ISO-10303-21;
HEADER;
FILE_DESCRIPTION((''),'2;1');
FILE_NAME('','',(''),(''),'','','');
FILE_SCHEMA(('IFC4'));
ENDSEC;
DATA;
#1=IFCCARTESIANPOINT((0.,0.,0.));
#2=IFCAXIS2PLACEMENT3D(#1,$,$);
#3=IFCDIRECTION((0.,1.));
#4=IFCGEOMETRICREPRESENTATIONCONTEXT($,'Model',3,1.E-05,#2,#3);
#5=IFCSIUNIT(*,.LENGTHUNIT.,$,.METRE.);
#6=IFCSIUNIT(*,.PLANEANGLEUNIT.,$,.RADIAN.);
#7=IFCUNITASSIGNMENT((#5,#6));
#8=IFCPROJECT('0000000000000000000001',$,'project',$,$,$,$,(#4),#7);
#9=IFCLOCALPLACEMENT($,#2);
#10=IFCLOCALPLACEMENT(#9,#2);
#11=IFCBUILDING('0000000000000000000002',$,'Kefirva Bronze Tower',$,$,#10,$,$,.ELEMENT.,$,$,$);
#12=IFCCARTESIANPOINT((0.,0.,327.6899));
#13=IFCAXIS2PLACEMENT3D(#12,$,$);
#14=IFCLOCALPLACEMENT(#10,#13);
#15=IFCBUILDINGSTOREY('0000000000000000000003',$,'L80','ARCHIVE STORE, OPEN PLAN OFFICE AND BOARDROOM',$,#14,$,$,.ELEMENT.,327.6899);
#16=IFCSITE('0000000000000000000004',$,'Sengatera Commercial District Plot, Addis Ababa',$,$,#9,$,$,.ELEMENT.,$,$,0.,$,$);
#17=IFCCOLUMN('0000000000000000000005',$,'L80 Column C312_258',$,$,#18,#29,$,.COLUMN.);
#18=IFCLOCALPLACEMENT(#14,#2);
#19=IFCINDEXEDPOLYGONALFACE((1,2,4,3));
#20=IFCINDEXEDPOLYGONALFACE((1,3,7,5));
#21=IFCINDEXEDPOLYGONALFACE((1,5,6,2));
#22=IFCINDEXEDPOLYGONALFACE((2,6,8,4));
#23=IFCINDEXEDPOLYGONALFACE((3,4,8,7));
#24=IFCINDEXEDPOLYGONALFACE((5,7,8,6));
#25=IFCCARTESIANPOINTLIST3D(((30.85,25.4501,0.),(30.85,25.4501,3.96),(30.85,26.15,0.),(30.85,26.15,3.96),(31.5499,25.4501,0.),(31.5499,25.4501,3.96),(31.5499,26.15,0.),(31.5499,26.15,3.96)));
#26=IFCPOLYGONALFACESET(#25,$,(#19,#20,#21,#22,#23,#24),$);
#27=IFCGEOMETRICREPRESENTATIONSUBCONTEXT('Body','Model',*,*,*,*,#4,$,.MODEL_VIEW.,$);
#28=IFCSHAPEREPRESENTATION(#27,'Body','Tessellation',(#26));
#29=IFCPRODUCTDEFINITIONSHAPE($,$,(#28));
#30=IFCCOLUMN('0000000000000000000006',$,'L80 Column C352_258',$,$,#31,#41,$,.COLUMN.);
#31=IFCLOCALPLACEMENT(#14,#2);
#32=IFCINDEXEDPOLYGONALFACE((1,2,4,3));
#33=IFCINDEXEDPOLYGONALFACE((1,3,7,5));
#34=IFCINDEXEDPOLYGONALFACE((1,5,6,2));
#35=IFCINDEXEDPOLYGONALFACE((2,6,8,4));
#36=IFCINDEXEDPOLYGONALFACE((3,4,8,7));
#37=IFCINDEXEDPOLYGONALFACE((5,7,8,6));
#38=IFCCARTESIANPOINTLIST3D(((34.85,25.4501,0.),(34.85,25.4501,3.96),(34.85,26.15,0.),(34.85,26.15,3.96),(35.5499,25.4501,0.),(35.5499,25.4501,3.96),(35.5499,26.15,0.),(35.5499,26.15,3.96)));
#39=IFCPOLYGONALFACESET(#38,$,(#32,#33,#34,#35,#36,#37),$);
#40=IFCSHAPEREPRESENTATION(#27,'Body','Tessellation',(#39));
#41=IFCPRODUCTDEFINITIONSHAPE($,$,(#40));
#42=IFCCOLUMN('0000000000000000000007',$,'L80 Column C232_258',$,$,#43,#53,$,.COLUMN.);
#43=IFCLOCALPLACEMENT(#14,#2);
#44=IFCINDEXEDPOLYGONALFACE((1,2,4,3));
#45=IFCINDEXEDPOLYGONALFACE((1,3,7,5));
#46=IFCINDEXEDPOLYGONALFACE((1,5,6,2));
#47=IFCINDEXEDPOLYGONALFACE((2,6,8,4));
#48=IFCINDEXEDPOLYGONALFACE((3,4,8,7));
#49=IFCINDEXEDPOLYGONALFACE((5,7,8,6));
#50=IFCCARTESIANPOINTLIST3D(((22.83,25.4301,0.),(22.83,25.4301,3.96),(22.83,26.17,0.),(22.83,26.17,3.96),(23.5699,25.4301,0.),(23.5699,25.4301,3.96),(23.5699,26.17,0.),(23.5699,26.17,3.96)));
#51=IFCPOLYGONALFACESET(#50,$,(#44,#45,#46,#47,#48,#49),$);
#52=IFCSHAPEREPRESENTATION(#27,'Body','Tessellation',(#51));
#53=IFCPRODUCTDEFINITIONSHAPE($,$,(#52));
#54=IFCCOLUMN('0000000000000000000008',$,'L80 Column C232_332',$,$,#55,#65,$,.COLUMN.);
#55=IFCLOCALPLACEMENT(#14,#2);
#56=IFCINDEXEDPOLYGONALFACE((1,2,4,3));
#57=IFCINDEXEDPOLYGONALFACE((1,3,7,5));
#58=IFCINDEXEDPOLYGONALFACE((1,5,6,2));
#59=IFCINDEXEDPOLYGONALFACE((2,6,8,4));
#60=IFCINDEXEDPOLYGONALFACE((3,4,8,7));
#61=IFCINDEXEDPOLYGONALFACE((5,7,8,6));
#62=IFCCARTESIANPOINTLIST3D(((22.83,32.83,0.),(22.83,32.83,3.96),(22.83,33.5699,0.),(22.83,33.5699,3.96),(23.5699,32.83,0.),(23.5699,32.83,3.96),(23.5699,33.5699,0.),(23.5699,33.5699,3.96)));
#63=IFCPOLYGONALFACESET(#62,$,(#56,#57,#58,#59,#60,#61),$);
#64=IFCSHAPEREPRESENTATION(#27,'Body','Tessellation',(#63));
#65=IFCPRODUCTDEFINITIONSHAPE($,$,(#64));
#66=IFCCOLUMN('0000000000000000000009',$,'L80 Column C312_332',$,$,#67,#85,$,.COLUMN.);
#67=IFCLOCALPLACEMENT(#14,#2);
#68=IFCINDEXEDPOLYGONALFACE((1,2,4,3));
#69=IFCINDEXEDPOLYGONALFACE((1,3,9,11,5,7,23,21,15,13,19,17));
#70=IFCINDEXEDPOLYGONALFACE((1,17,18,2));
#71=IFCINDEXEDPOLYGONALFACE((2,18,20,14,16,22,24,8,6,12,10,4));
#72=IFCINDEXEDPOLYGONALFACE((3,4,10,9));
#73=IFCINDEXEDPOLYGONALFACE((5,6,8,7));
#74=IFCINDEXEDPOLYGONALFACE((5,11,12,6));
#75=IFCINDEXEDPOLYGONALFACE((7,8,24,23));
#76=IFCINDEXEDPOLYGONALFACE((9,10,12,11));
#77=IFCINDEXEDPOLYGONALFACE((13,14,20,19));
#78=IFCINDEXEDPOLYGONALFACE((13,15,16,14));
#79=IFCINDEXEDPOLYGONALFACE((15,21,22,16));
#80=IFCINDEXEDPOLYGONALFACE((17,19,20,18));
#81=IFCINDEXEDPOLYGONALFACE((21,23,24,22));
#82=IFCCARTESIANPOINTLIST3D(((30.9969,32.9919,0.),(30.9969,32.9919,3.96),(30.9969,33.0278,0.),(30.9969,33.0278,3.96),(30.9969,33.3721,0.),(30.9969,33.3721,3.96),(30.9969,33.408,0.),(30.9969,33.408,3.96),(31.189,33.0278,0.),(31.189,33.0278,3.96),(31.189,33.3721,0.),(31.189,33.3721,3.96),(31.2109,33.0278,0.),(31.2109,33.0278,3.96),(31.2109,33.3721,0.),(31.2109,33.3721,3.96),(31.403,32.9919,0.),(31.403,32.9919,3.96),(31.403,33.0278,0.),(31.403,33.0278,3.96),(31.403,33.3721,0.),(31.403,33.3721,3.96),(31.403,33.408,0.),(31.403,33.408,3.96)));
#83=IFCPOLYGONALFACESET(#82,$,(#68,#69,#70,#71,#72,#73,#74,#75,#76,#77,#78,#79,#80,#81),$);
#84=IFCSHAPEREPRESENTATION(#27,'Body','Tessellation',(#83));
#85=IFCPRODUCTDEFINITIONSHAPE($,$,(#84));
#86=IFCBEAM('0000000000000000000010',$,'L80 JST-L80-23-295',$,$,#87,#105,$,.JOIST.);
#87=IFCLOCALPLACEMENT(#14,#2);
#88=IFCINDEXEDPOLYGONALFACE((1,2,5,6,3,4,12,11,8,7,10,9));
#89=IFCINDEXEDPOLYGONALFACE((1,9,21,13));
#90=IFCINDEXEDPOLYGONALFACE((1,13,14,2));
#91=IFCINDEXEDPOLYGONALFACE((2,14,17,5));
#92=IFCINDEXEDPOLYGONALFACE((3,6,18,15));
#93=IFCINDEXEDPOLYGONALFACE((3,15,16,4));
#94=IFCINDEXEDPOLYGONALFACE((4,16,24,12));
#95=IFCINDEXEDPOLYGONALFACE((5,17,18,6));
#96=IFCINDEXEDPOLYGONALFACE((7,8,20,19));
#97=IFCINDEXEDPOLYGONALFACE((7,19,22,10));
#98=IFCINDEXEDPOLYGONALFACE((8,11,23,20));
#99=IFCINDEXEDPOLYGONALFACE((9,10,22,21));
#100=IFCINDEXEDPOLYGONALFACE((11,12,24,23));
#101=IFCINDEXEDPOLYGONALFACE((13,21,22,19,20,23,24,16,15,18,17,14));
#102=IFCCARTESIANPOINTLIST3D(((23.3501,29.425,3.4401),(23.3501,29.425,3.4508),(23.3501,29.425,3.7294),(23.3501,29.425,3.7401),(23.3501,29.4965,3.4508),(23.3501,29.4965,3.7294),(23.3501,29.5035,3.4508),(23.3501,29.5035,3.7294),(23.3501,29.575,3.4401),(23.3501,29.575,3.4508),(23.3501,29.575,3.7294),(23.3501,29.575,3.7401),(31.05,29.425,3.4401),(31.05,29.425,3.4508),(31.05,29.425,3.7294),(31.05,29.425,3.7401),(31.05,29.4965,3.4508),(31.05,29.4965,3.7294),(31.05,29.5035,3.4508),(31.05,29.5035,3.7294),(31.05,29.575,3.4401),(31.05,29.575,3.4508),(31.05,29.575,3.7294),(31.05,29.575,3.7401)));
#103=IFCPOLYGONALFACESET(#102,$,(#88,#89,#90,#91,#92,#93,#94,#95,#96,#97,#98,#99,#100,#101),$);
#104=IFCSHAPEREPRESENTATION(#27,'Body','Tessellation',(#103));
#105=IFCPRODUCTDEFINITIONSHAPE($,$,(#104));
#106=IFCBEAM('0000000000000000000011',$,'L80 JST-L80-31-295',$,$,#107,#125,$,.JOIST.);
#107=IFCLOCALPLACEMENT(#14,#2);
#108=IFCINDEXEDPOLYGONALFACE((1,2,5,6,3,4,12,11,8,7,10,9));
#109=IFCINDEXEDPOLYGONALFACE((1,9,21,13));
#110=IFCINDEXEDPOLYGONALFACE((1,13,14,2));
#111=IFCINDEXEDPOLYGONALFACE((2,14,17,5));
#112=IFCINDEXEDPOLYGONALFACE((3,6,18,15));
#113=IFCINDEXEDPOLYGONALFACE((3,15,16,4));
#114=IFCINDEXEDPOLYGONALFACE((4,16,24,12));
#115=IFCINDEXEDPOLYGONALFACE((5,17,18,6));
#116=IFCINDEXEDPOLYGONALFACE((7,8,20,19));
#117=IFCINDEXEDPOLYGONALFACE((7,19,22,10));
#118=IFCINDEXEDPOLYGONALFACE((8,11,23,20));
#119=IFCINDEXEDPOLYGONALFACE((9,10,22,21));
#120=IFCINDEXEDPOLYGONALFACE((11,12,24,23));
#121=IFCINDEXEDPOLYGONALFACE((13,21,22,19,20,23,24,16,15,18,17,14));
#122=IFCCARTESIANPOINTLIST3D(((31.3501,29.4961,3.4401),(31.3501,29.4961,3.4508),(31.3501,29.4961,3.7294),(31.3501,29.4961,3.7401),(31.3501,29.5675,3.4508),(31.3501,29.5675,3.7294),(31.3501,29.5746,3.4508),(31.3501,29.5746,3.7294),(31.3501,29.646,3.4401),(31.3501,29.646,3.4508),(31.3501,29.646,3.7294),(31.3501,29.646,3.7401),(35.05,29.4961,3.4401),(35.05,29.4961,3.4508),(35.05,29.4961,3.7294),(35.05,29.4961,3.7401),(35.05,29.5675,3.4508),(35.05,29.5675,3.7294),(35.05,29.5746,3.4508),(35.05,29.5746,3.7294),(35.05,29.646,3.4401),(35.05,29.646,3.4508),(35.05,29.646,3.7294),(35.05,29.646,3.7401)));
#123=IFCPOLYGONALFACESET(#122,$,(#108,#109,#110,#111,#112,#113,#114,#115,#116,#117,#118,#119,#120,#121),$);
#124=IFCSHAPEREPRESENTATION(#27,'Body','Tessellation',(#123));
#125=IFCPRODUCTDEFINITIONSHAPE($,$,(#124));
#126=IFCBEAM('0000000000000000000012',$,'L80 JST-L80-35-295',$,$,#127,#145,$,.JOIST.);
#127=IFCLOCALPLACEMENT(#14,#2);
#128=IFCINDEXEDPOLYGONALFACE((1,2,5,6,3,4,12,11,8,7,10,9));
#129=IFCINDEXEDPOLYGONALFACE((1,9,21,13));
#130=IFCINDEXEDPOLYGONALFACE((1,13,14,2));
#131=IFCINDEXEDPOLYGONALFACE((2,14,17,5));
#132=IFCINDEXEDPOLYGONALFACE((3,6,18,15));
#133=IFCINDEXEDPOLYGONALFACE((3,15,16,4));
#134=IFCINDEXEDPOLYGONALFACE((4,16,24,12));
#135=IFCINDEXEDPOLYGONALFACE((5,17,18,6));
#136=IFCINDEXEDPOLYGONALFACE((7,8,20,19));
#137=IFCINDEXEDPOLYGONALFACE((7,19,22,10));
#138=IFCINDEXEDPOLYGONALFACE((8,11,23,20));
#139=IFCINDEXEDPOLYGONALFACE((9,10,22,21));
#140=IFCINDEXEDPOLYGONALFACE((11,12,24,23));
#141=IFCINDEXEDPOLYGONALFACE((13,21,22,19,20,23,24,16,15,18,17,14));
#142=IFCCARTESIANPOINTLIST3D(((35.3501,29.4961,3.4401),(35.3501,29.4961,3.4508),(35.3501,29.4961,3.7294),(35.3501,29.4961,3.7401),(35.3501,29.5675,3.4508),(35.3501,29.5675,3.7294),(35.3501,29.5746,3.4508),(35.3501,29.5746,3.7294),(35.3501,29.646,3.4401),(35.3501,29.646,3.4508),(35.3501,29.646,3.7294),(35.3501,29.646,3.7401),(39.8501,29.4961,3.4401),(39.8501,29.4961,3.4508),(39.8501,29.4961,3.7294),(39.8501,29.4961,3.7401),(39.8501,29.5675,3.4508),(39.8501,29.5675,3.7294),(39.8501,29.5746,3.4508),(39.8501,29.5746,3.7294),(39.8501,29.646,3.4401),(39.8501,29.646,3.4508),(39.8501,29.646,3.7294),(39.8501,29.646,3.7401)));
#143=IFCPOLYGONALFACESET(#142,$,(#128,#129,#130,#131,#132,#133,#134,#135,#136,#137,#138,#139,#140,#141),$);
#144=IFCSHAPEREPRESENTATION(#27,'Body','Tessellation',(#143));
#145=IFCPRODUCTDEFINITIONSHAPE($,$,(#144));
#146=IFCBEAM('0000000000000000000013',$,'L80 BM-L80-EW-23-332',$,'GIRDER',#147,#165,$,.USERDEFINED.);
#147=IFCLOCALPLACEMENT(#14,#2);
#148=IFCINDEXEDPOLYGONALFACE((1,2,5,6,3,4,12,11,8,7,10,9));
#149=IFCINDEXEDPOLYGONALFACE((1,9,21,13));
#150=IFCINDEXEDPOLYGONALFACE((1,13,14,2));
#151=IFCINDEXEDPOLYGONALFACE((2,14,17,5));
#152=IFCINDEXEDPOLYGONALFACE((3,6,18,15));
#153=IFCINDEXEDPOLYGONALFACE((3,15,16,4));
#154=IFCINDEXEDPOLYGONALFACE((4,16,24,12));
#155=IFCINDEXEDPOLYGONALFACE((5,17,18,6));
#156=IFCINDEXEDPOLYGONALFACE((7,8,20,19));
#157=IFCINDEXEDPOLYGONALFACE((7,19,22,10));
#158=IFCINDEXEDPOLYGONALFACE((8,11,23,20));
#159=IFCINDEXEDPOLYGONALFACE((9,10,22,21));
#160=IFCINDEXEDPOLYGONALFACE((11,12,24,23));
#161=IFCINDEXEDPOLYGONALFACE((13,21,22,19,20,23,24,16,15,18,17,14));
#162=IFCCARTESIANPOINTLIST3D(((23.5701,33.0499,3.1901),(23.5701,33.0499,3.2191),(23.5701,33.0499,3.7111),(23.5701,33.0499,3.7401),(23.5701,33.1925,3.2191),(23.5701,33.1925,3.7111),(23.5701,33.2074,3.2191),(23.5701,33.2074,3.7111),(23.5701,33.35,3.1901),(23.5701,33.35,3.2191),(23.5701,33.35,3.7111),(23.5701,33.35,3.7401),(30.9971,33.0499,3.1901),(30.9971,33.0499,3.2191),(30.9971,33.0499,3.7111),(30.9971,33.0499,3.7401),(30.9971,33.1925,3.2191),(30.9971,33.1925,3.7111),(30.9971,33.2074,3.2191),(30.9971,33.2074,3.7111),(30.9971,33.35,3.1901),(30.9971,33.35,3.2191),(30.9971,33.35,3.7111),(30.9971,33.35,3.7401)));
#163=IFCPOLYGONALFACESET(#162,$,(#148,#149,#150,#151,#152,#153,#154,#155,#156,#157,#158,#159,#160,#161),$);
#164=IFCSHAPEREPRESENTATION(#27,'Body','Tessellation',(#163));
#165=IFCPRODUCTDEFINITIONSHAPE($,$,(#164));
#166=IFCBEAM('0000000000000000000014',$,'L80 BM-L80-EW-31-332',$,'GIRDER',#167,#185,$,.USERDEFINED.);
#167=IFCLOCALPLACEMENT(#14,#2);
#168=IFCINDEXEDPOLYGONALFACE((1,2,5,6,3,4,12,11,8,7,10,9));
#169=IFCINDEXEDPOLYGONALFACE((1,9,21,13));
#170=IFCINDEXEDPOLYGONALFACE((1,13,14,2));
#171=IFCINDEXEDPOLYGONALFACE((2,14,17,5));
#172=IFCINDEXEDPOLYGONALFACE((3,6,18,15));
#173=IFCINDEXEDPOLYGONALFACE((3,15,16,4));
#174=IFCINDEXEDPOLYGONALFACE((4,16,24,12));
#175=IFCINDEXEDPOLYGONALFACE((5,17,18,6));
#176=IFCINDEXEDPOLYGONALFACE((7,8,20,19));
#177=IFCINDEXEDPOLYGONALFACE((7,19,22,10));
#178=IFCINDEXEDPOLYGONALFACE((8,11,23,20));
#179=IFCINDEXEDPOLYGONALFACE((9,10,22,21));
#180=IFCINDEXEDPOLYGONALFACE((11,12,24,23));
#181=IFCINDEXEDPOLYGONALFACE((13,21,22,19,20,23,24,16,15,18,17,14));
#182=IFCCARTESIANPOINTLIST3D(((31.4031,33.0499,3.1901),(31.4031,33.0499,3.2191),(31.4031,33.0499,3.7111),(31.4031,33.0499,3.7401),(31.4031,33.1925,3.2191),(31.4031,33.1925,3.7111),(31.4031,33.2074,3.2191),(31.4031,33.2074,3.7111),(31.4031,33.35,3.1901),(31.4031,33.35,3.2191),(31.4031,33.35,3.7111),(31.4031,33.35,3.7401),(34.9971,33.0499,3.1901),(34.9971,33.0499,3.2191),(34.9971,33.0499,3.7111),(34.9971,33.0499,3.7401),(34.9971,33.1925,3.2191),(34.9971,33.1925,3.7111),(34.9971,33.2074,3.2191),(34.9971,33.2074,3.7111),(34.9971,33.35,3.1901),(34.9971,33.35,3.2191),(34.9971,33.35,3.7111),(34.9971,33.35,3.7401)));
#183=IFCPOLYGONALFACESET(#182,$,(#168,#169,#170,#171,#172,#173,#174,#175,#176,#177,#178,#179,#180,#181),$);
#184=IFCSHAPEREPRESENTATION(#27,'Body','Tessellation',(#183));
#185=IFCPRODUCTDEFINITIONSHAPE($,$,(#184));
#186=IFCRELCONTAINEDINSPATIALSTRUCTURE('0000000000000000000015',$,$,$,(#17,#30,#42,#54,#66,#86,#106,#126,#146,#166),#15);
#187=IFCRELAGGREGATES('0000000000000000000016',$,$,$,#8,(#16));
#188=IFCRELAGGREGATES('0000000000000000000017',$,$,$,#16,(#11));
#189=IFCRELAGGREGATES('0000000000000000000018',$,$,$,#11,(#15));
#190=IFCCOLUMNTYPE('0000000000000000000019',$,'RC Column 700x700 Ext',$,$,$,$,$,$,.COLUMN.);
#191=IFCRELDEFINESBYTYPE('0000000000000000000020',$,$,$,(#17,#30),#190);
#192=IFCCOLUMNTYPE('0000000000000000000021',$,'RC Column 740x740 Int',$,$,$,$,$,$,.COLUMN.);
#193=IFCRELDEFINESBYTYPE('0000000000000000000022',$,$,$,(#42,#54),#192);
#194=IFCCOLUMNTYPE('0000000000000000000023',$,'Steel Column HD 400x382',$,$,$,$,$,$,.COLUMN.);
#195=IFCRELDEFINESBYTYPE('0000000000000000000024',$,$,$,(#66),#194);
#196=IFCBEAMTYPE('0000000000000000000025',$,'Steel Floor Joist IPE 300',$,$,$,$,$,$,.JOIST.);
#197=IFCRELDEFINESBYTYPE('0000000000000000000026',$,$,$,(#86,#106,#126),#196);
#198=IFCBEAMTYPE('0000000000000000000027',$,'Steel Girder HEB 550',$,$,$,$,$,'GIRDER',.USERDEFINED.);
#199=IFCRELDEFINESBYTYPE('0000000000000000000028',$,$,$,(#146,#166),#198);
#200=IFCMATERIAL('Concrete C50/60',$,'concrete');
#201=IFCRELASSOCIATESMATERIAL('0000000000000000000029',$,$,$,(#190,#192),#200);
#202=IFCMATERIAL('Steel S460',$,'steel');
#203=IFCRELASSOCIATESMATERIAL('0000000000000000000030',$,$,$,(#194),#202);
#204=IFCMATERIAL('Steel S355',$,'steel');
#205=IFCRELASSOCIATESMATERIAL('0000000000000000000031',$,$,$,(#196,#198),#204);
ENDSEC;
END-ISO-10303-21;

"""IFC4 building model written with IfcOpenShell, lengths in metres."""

from ifc_helpers import new_model, si_unit, direction, frame, origin, origin_2d, place, context, subcontext, project, spatial, rectangle, i_section, extrude, material, material_profile, profile_set, type_object, element, save


model = new_model("IFC4")

# Units and contexts
model_context = context("Model", 3, precision=1e-05, world=origin(), true_north=direction((0.0, 1.0)))
body_context = subcontext(model_context, "Body", "Model", "MODEL_VIEW")
ifc_project = project(units=[si_unit("LENGTHUNIT", "METRE"), si_unit("PLANEANGLEUNIT", "RADIAN")], contexts=[model_context])

# Site, building, storey
site_placement = place(None, origin())
site = spatial("IfcSite", under=ifc_project, at=site_placement, Name="Sengatera Commercial District Plot, Addis Ababa", CompositionType="ELEMENT", RefElevation=0.0)
building_placement = place(site_placement, origin())
building = spatial("IfcBuilding", under=site, at=building_placement, Name="Kefirva Bronze Tower", CompositionType="ELEMENT")
storey_placement = place(building_placement, frame((0.0, 0.0, 327.6899)))
storey = spatial("IfcBuildingStorey", under=building, at=storey_placement, Name="L80", Description="ARCHIVE STORE, OPEN PLAN OFFICE AND BOARDROOM", CompositionType="ELEMENT", Elevation=327.6899)

# Columns
ifc_material_1 = material(Name="Concrete C50/60", Category="concrete")
ifc_material_profile_1 = material_profile(ifc_material_1, rectangle(XDim=0.7, YDim=0.7, at=origin_2d()), Name="RC 700x700")
ifc_profile_set_1 = profile_set([ifc_material_profile_1], Name="Concrete C50/60")
column_type_1 = type_object("IfcColumnType", Name="RC Column 700x700 Ext", PredefinedType="COLUMN", material=ifc_profile_set_1)
for number, where, z_axis, x_axis, name in (
    (1, (31.2, 25.8, 0.0), (0.0, 0.0, 1.0), (1.0, 0.0, 0.0), "L80 Column C312_258"),
    (2, (35.2, 25.8, 0.0), (0.0, 0.0, 1.0), (1.0, 0.0, 0.0), "L80 Column C352_258"),
):
    element("IfcColumn", number, at=place(storey_placement, frame(where, z_axis=z_axis, x_axis=x_axis)), inside=storey, type_object=column_type_1, Name=name, PredefinedType="COLUMN", context=body_context, shape_type="SweptSolid", body=[
        extrude(rectangle(XDim=0.7, YDim=0.7, at=origin_2d()), origin(), (0.0, 0.0, 1.0), 3.96),
    ])
ifc_material_profile_2 = material_profile(ifc_material_1, rectangle(XDim=0.74, YDim=0.74, at=origin_2d()), Name="RC 740x740")
ifc_profile_set_2 = profile_set([ifc_material_profile_2], Name="Concrete C50/60")
column_type_2 = type_object("IfcColumnType", Name="RC Column 740x740 Int", PredefinedType="COLUMN", material=ifc_profile_set_2)
for number, where, z_axis, x_axis, name in (
    (3, (23.2, 25.8, 0.0), (0.0, 0.0, 1.0), (1.0, 0.0, 0.0), "L80 Column C232_258"),
    (4, (23.2, 33.2, 0.0), (0.0, 0.0, 1.0), (1.0, 0.0, 0.0), "L80 Column C232_332"),
):
    element("IfcColumn", number, at=place(storey_placement, frame(where, z_axis=z_axis, x_axis=x_axis)), inside=storey, type_object=column_type_2, Name=name, PredefinedType="COLUMN", context=body_context, shape_type="SweptSolid", body=[
        extrude(rectangle(XDim=0.74, YDim=0.74, at=origin_2d()), origin(), (0.0, 0.0, 1.0), 3.96),
    ])
ifc_material_2 = material(Name="Steel S460", Category="steel")
ifc_material_profile_3 = material_profile(ifc_material_2, i_section(OverallWidth=0.406, OverallDepth=0.416, WebThickness=0.022, FlangeThickness=0.0359, at=origin_2d()), Name="HD 400x382")
ifc_profile_set_3 = profile_set([ifc_material_profile_3], Name="Steel S460")
column_type_3 = type_object("IfcColumnType", Name="Steel Column HD 400x382", PredefinedType="COLUMN", material=ifc_profile_set_3)
column_placement = place(storey_placement, frame((31.2, 33.2, 0.0), z_axis=(0.0, 0.0, 1.0), x_axis=(1.0, 0.0, 0.0)))
element("IfcColumn", 5, at=column_placement, inside=storey, type_object=column_type_3, Name="L80 Column C312_332", PredefinedType="COLUMN", context=body_context, shape_type="SweptSolid", body=[
    extrude(i_section(OverallWidth=0.406, OverallDepth=0.416, WebThickness=0.022, FlangeThickness=0.0359, at=origin_2d()), origin(), (0.0, 0.0, 1.0), 3.96),
])

# Beams
ifc_material_3 = material(Name="Steel S355", Category="steel")
ifc_material_profile_4 = material_profile(ifc_material_3, i_section(OverallWidth=0.1499, OverallDepth=0.3, WebThickness=0.0071, FlangeThickness=0.0107, at=origin_2d()), Name="IPE 300")
ifc_profile_set_4 = profile_set([ifc_material_profile_4], Name="Steel S355")
beam_type_1 = type_object("IfcBeamType", Name="Steel Floor Joist IPE 300", PredefinedType="JOIST", material=ifc_profile_set_4)
beam_1_placement = place(storey_placement, frame((23.3501, 29.5, 3.5901), z_axis=(1.0, 0.0, 0.0), x_axis=(0.0, 1.0, 0.0)))
element("IfcBeam", 6, at=beam_1_placement, inside=storey, type_object=beam_type_1, Name="L80 JST-L80-23-295", PredefinedType="JOIST", context=body_context, shape_type="SweptSolid", body=[
    extrude(i_section(OverallWidth=0.1499, OverallDepth=0.3, WebThickness=0.0071, FlangeThickness=0.0107, at=origin_2d()), origin(), (0.0, 0.0, 1.0), 7.7),
])
beam_2_placement = place(storey_placement, frame((31.3501, 29.571, 3.5901), z_axis=(1.0, 0.0, 0.0), x_axis=(0.0, 1.0, 0.0)))
element("IfcBeam", 7, at=beam_2_placement, inside=storey, type_object=beam_type_1, Name="L80 JST-L80-31-295", PredefinedType="JOIST", context=body_context, shape_type="SweptSolid", body=[
    extrude(i_section(OverallWidth=0.1499, OverallDepth=0.3, WebThickness=0.0071, FlangeThickness=0.0107, at=origin_2d()), origin(), (0.0, 0.0, 1.0), 3.7),
])
beam_3_placement = place(storey_placement, frame((35.3501, 29.571, 3.5901), z_axis=(1.0, 0.0, 0.0), x_axis=(0.0, 1.0, 0.0)))
element("IfcBeam", 8, at=beam_3_placement, inside=storey, type_object=beam_type_1, Name="L80 JST-L80-35-295", PredefinedType="JOIST", context=body_context, shape_type="SweptSolid", body=[
    extrude(i_section(OverallWidth=0.1499, OverallDepth=0.3, WebThickness=0.0071, FlangeThickness=0.0107, at=origin_2d()), origin(), (0.0, 0.0, 1.0), 4.5),
])
ifc_material_profile_5 = material_profile(ifc_material_3, i_section(OverallWidth=0.3, OverallDepth=0.55, WebThickness=0.0149, FlangeThickness=0.0291, at=origin_2d()), Name="HEB 550")
ifc_profile_set_5 = profile_set([ifc_material_profile_5], Name="Steel S355")
beam_type_2 = type_object("IfcBeamType", Name="Steel Girder HEB 550", ElementType="GIRDER", PredefinedType="USERDEFINED", material=ifc_profile_set_5)
beam_4_placement = place(storey_placement, frame((23.5701, 33.2, 3.4651), z_axis=(1.0, 0.0, 0.0), x_axis=(0.0, 1.0, 0.0)))
element("IfcBeam", 9, at=beam_4_placement, inside=storey, type_object=beam_type_2, Name="L80 BM-L80-EW-23-332", ObjectType="GIRDER", PredefinedType="USERDEFINED", context=body_context, shape_type="SweptSolid", body=[
    extrude(i_section(OverallWidth=0.3, OverallDepth=0.55, WebThickness=0.0149, FlangeThickness=0.0291, at=origin_2d()), origin(), (0.0, 0.0, 1.0), 7.427),
])
beam_5_placement = place(storey_placement, frame((31.4031, 33.2, 3.4651), z_axis=(1.0, 0.0, 0.0), x_axis=(0.0, 1.0, 0.0)))
element("IfcBeam", 10, at=beam_5_placement, inside=storey, type_object=beam_type_2, Name="L80 BM-L80-EW-31-332", ObjectType="GIRDER", PredefinedType="USERDEFINED", context=body_context, shape_type="SweptSolid", body=[
    extrude(i_section(OverallWidth=0.3, OverallDepth=0.55, WebThickness=0.0149, FlangeThickness=0.0291, at=origin_2d()), origin(), (0.0, 0.0, 1.0), 3.594),
])

save(model, "model.ifc")
